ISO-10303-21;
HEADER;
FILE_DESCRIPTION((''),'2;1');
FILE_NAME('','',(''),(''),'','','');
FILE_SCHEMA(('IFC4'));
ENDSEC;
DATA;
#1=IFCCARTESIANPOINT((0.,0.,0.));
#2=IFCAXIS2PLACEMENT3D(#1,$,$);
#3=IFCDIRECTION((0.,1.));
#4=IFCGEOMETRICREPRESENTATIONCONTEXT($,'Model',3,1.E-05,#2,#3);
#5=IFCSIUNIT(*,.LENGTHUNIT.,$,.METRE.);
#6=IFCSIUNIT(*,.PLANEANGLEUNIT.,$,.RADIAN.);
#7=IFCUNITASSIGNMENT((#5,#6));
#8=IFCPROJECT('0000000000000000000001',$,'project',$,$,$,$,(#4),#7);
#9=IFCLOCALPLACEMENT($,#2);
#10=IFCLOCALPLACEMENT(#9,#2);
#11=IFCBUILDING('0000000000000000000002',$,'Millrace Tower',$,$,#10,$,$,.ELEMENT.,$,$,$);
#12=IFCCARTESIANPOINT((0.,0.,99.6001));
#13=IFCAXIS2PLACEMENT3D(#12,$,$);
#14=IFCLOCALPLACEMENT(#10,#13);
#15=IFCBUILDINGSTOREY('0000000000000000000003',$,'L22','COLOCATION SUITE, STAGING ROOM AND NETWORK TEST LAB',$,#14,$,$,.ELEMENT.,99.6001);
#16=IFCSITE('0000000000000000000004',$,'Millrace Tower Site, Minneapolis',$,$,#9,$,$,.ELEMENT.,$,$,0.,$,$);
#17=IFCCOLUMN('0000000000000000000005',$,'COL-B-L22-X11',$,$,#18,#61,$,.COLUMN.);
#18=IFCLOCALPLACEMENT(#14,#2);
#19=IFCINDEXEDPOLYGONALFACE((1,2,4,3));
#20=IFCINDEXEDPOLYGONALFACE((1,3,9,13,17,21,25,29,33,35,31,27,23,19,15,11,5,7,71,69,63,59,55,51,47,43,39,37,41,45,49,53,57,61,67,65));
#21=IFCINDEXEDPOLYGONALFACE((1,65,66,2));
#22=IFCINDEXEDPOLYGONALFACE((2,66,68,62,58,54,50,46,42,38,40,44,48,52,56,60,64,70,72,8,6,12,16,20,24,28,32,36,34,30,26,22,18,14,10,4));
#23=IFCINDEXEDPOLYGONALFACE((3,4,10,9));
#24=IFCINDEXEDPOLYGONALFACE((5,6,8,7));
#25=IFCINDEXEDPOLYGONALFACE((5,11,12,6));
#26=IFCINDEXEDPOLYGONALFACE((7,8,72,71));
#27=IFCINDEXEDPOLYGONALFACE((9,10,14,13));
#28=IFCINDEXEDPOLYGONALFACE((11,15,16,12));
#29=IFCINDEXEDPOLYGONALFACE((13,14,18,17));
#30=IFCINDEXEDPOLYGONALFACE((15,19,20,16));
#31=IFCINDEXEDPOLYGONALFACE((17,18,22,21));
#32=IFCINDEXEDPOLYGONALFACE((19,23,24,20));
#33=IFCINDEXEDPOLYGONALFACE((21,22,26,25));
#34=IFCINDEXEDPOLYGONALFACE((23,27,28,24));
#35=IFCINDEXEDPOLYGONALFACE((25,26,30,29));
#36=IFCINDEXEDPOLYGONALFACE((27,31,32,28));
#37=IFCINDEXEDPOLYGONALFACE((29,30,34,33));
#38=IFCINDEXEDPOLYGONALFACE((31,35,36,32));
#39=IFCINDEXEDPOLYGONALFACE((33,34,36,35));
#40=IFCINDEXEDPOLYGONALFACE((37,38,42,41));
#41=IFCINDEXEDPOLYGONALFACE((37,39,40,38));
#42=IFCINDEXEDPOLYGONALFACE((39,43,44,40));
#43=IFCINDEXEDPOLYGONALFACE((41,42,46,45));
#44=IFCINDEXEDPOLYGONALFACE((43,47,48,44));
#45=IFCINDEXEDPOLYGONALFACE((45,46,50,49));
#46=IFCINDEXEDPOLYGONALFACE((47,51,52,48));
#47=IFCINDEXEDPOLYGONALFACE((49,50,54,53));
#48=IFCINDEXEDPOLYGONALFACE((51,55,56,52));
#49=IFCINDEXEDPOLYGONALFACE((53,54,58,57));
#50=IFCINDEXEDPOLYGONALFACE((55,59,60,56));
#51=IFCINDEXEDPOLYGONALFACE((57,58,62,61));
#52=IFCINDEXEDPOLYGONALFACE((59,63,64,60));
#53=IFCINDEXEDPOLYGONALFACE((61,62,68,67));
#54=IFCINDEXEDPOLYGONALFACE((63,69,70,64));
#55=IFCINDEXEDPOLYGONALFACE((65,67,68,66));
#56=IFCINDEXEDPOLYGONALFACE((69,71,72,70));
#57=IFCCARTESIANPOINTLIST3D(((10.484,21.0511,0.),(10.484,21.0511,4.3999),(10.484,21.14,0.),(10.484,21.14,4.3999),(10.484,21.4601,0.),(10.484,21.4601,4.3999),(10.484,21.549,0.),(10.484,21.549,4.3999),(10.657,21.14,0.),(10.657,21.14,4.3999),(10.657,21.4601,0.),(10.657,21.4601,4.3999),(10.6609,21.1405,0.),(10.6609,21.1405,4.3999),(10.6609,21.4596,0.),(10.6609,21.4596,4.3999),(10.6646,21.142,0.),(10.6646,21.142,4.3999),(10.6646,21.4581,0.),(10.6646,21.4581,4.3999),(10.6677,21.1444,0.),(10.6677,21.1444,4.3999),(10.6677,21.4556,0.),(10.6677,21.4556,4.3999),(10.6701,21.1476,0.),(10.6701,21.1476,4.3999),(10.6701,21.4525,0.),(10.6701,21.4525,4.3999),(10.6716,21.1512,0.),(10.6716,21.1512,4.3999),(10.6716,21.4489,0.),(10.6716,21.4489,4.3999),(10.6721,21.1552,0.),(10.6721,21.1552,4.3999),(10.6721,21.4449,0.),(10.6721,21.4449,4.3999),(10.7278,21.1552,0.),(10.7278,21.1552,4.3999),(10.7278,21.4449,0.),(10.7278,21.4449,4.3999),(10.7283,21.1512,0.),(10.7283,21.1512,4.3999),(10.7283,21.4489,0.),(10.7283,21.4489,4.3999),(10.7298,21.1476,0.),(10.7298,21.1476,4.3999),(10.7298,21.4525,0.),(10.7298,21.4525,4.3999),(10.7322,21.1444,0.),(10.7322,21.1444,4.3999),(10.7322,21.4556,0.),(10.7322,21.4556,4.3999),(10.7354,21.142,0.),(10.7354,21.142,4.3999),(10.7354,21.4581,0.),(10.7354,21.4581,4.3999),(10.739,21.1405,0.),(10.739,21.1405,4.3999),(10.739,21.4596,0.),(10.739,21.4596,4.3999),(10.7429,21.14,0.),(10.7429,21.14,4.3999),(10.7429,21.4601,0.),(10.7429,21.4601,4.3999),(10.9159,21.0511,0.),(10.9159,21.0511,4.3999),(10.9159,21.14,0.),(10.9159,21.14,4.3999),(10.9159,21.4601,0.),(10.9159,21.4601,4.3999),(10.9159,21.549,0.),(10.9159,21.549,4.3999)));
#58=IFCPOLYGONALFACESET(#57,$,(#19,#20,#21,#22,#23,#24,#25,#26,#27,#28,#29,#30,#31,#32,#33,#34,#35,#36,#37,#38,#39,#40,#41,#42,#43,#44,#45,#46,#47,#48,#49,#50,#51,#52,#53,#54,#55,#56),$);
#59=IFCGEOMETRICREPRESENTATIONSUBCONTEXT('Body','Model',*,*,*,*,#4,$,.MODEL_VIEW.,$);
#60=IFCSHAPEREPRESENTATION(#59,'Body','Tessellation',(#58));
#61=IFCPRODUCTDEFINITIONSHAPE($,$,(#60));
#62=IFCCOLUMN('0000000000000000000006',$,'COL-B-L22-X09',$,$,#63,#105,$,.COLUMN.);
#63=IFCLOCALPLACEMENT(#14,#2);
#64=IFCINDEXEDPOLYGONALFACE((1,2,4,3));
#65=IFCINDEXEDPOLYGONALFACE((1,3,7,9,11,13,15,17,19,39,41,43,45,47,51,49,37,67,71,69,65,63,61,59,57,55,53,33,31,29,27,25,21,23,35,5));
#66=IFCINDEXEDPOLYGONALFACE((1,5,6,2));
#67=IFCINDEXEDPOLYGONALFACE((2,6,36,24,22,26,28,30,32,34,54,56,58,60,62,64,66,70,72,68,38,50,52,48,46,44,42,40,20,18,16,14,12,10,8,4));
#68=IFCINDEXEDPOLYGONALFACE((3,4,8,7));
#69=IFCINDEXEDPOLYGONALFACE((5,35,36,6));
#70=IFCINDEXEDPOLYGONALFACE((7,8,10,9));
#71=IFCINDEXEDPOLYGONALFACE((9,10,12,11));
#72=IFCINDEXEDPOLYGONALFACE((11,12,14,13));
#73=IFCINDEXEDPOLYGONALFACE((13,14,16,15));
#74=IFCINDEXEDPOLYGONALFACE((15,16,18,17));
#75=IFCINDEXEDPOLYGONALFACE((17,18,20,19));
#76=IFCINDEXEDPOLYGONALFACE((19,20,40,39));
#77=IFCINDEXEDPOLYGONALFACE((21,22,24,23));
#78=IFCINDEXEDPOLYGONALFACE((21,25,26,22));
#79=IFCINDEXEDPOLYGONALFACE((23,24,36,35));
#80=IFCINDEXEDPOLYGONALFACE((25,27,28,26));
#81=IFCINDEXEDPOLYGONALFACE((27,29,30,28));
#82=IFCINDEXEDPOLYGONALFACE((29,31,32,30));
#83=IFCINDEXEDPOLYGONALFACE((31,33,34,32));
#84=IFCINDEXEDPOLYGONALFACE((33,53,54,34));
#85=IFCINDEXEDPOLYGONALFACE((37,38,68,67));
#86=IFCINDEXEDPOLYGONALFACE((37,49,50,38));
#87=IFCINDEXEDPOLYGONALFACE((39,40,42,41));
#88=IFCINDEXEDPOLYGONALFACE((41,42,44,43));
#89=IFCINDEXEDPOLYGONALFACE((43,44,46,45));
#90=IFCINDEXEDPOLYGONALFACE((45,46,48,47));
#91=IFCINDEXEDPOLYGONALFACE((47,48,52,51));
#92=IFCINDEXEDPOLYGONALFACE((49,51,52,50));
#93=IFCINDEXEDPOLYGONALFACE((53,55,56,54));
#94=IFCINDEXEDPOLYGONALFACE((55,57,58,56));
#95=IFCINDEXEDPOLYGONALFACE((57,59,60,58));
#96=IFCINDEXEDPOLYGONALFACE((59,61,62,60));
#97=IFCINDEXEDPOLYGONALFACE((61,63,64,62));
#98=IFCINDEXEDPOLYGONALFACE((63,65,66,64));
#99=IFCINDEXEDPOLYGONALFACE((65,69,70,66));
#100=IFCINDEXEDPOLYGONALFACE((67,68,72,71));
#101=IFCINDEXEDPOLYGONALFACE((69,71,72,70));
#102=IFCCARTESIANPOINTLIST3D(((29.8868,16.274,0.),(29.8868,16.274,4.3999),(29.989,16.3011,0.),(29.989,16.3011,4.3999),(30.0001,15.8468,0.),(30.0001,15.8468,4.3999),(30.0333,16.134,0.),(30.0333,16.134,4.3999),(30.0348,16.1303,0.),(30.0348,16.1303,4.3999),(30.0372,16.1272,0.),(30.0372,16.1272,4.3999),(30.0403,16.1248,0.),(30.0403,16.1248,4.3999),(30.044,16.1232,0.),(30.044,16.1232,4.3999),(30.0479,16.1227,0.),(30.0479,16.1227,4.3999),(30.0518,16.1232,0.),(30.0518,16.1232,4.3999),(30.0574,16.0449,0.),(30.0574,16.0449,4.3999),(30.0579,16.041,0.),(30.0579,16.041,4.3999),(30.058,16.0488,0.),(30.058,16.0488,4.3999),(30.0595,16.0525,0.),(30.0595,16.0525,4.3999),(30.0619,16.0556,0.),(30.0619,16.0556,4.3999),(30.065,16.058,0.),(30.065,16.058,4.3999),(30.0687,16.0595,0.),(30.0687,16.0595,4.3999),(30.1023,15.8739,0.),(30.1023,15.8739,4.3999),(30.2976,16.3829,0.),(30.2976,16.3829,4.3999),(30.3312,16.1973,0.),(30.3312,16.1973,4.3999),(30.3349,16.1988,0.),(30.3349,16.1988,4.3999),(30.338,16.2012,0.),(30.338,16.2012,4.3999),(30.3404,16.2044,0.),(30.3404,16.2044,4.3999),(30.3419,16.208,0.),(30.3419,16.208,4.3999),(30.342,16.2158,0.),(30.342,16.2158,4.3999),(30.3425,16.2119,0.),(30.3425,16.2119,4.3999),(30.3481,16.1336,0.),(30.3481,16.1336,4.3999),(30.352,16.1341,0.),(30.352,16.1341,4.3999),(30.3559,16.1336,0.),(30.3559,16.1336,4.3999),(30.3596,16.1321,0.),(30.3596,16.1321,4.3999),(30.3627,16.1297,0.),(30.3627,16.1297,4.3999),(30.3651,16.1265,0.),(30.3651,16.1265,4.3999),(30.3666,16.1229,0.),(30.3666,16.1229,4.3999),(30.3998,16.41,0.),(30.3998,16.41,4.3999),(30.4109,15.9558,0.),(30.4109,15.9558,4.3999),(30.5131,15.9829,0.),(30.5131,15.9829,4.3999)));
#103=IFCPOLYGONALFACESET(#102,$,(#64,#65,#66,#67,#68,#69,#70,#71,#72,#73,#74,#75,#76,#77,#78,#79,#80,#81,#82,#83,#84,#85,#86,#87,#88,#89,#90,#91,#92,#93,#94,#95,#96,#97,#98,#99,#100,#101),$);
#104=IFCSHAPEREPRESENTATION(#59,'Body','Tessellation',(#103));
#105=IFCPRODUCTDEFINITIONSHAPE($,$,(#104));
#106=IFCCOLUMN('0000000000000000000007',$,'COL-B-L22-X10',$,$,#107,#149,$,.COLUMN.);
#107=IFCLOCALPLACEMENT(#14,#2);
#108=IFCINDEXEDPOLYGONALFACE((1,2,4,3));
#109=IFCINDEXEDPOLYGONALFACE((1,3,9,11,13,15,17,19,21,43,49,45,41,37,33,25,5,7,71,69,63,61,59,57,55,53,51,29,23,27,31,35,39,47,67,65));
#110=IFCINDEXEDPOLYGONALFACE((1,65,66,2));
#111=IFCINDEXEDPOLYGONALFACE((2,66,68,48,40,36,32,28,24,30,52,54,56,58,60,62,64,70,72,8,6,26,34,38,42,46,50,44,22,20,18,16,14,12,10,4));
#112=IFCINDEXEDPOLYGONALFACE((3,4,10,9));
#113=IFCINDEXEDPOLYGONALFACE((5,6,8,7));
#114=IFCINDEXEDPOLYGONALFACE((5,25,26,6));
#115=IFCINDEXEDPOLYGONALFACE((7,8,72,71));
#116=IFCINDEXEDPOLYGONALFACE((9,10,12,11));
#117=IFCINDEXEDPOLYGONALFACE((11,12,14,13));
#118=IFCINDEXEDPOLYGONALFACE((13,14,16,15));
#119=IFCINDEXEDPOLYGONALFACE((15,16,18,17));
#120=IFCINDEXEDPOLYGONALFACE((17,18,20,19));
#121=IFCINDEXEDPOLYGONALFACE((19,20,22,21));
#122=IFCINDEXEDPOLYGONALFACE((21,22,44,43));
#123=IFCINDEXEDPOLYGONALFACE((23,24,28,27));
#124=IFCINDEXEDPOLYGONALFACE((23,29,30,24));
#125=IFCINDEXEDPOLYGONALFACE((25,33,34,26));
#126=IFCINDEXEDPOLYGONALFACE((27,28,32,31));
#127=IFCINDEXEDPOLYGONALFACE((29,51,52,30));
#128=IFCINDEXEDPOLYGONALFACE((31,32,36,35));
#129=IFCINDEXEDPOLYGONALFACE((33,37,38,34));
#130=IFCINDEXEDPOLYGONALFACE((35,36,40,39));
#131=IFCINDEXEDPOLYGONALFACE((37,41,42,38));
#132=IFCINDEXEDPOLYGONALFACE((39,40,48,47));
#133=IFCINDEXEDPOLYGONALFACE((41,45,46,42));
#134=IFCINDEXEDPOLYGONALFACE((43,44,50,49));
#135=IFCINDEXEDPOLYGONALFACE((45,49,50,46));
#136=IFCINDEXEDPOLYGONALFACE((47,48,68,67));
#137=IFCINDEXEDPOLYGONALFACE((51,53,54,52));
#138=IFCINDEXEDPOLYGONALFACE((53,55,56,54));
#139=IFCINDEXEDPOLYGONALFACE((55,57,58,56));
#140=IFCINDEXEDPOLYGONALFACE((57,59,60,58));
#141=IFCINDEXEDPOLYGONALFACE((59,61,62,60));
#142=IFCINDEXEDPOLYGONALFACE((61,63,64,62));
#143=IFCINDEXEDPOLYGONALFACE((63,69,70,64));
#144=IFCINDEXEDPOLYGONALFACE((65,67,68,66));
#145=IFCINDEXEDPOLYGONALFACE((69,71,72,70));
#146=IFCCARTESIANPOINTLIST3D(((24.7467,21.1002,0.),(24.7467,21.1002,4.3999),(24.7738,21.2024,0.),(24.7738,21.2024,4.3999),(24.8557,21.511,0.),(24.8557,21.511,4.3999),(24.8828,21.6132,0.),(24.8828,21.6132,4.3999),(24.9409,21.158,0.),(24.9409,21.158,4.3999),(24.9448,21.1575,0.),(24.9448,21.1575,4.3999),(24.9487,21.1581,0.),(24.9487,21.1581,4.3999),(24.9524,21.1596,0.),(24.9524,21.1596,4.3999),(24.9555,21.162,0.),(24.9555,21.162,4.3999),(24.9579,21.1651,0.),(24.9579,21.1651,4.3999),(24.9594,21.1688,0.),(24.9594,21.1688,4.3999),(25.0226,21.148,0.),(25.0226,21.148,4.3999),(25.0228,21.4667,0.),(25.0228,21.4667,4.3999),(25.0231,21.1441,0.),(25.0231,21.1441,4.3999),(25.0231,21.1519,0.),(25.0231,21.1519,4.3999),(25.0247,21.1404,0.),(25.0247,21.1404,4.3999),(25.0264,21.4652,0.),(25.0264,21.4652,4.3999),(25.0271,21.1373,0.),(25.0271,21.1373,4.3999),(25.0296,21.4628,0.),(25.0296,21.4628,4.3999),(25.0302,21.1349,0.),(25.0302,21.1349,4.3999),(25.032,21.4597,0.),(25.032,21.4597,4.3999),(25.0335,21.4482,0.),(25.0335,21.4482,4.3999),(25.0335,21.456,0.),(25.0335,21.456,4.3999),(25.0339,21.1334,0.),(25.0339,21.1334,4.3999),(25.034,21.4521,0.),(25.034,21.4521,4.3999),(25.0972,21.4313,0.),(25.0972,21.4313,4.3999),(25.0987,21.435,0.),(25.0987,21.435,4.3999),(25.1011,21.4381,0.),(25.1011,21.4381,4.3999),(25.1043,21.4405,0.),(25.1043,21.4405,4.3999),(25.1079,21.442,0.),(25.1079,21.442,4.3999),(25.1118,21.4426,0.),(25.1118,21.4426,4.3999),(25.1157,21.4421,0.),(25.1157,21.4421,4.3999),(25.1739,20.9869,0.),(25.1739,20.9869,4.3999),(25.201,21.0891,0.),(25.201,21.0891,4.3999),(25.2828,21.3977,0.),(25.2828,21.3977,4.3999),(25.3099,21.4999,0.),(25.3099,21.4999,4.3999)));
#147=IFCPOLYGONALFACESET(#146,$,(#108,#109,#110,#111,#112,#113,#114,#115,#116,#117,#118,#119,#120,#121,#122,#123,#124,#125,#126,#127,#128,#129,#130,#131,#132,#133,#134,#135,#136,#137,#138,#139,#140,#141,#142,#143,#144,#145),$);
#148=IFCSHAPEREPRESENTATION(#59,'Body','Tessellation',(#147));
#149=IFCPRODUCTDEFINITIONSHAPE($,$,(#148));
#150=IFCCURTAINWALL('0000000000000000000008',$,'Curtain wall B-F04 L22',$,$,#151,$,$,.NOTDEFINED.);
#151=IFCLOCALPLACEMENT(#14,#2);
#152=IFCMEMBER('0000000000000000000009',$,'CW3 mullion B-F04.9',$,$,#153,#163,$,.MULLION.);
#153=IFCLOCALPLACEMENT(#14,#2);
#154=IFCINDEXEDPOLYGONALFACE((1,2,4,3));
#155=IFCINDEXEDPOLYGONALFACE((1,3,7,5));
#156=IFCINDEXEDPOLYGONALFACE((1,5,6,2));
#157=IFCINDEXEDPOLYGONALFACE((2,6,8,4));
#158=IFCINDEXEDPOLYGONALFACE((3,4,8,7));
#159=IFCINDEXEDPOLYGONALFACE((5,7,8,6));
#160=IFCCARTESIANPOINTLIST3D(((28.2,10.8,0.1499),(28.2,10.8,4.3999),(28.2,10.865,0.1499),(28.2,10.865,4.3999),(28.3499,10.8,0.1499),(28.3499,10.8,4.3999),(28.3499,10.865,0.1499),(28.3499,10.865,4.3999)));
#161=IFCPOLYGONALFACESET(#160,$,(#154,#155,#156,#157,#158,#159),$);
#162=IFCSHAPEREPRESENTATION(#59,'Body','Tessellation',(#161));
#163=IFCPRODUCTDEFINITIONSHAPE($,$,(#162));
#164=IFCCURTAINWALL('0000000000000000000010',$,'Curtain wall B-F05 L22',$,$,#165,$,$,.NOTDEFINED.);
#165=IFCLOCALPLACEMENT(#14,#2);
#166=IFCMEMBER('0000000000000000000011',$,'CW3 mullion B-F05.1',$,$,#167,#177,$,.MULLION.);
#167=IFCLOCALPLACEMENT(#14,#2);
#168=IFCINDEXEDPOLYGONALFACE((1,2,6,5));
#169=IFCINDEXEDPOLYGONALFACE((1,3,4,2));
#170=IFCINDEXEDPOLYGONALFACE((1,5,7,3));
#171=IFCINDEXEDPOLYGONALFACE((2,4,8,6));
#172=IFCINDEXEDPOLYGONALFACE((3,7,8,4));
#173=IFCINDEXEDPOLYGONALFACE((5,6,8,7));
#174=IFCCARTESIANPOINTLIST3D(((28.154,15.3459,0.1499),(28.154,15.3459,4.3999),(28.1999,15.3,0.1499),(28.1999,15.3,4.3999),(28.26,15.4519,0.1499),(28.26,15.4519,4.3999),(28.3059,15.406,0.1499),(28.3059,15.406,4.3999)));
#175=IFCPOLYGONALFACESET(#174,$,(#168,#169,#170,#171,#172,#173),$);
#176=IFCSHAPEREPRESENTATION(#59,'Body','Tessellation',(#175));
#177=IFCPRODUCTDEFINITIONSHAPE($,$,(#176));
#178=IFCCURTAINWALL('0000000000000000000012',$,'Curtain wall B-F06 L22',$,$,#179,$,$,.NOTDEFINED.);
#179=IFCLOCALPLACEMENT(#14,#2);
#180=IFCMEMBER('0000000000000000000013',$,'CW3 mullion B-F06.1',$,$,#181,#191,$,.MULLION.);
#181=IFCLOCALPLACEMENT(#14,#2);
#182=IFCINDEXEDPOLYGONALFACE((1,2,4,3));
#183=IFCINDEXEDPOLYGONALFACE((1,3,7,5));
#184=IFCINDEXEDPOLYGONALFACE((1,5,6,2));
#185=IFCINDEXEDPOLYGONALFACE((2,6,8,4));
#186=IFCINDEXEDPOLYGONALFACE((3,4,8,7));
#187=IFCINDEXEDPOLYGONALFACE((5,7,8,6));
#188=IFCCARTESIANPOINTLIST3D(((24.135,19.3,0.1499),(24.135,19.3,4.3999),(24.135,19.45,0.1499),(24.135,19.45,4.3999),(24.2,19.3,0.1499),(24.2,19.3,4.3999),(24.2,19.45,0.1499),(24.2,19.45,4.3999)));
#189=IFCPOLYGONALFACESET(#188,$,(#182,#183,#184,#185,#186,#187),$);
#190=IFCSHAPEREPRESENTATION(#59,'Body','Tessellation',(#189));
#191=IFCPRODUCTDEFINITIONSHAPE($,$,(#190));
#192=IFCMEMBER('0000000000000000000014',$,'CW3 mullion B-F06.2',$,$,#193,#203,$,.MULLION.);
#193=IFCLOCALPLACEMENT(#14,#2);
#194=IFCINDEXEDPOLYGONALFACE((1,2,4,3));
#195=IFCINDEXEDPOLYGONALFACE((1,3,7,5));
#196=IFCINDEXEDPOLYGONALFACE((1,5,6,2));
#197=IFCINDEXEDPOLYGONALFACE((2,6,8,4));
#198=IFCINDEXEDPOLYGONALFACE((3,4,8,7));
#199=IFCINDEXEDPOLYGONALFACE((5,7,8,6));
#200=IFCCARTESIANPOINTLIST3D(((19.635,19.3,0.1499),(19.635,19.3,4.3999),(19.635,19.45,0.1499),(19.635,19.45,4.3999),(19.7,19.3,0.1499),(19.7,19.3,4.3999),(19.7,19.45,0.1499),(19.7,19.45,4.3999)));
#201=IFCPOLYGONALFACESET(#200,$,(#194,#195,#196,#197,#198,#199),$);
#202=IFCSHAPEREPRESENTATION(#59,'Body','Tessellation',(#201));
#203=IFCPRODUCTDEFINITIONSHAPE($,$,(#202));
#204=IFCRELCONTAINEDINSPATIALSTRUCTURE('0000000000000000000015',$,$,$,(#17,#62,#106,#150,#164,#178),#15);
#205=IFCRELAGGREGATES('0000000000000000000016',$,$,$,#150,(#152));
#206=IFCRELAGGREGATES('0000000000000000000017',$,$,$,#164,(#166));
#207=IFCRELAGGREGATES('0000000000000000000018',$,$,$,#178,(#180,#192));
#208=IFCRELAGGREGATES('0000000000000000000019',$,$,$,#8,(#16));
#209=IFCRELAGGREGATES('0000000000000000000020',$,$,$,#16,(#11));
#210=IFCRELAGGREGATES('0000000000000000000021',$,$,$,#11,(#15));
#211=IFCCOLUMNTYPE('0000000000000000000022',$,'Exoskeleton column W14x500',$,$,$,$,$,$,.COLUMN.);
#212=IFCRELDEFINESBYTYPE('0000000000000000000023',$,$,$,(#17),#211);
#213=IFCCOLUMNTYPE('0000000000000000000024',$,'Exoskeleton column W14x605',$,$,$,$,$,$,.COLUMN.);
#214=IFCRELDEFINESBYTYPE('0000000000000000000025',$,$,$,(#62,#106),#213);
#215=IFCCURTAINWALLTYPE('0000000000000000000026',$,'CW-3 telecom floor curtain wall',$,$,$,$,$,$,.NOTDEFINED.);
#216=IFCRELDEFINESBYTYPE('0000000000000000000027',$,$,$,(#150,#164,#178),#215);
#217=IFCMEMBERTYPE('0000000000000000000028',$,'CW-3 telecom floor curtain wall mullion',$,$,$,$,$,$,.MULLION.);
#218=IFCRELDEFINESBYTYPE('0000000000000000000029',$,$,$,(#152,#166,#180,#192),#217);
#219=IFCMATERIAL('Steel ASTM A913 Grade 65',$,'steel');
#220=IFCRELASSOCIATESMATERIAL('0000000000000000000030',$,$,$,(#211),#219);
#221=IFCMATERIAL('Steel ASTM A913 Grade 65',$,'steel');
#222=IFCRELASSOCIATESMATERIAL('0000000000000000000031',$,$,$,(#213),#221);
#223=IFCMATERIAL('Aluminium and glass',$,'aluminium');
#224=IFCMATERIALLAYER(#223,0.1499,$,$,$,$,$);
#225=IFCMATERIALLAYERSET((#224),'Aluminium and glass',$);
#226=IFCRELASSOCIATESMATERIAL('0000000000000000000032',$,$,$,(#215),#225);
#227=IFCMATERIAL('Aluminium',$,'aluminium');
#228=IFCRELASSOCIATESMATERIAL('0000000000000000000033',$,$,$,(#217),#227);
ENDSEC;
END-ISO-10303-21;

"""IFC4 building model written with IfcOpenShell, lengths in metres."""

from ifc_helpers import new_model, si_unit, direction, frame, origin, origin_2d, place, context, subcontext, project, spatial, rectangle, i_section, extrude, material, layer, layer_set, material_profile, profile_set, type_object, element, aggregate, save


model = new_model("IFC4")

# Units and contexts
model_context = context("Model", 3, precision=1e-05, world=origin(), true_north=direction((0.0, 1.0)))
body_context = subcontext(model_context, "Body", "Model", "MODEL_VIEW")
ifc_project = project(units=[si_unit("LENGTHUNIT", "METRE"), si_unit("PLANEANGLEUNIT", "RADIAN")], contexts=[model_context])

# Site, building, storey
site_placement = place(None, origin())
site = spatial("IfcSite", under=ifc_project, at=site_placement, Name="Millrace Tower Site, Minneapolis", CompositionType="ELEMENT", RefElevation=0.0)
building_placement = place(site_placement, origin())
building = spatial("IfcBuilding", under=site, at=building_placement, Name="Millrace Tower", CompositionType="ELEMENT")
storey_placement = place(building_placement, frame((0.0, 0.0, 99.6001)))
storey = spatial("IfcBuildingStorey", under=building, at=storey_placement, Name="L22", Description="COLOCATION SUITE, STAGING ROOM AND NETWORK TEST LAB", CompositionType="ELEMENT", Elevation=99.6001)

# Columns
ifc_material_1 = material(Name="Steel ASTM A913 Grade 65", Category="steel")
ifc_material_profile_1 = material_profile(ifc_material_1, i_section(OverallWidth=0.4319, OverallDepth=0.4978, WebThickness=0.0557, FlangeThickness=0.0889, FilletRadius=0.0151, at=origin_2d()))
ifc_profile_set_1 = profile_set([ifc_material_profile_1], Name="Steel ASTM A913 Grade 65")
column_type_1 = type_object("IfcColumnType", Name="Exoskeleton column W14x500", PredefinedType="COLUMN", material=ifc_profile_set_1)
column_placement = place(storey_placement, frame((10.7, 21.3, 0.0), z_axis=(0.0, 0.0, 1.0), x_axis=(-1.0, 0.0, 0.0)))
element("IfcColumn", 1, at=column_placement, inside=storey, type_object=column_type_1, Name="COL-B-L22-X11", PredefinedType="COLUMN", context=body_context, shape_type="SweptSolid", body=[
    extrude(i_section(OverallWidth=0.4319, OverallDepth=0.4978, WebThickness=0.0557, FlangeThickness=0.0889, FilletRadius=0.0151, at=origin_2d()), origin(), (0.0, 0.0, 1.0), 4.3999),
])
ifc_material_2 = material(Name="Steel ASTM A913 Grade 65", Category="steel")
ifc_material_profile_2 = material_profile(ifc_material_2, i_section(OverallWidth=0.4419, OverallDepth=0.5308, WebThickness=0.0659, FlangeThickness=0.1057, FilletRadius=0.0151, at=origin_2d()))
ifc_profile_set_2 = profile_set([ifc_material_profile_2], Name="Steel ASTM A913 Grade 65")
column_type_2 = type_object("IfcColumnType", Name="Exoskeleton column W14x605", PredefinedType="COLUMN", material=ifc_profile_set_2)
for number, where, z_axis, x_axis, name in (
    (2, (30.2, 16.1284, 0.0), (0.0, 0.0, 1.0), (-0.256347, 0.966585, 0.0), "COL-B-L22-X09"),
    (3, (25.0283, 21.3, 0.0), (0.0, 0.0, 1.0), (-0.966585, 0.256347, 0.0), "COL-B-L22-X10"),
):
    element("IfcColumn", number, at=place(storey_placement, frame(where, z_axis=z_axis, x_axis=x_axis)), inside=storey, type_object=column_type_2, Name=name, PredefinedType="COLUMN", context=body_context, shape_type="SweptSolid", body=[
        extrude(i_section(OverallWidth=0.4419, OverallDepth=0.5308, WebThickness=0.0659, FlangeThickness=0.1057, FilletRadius=0.0151, at=origin_2d()), origin(), (0.0, 0.0, 1.0), 4.3999),
    ])

# Curtain walls, members
ifc_material_3 = material(Name="Aluminium and glass", Category="aluminium")
ifc_layer_1 = layer(ifc_material_3, 0.1499)
ifc_layer_set_1 = layer_set([ifc_layer_1], Name="Aluminium and glass")
curtain_wall_type = type_object("IfcCurtainWallType", Name="CW-3 telecom floor curtain wall", PredefinedType="NOTDEFINED", material=ifc_layer_set_1)
placement = place(storey_placement, origin())
curtain_wall_1 = element("IfcCurtainWall", 4, at=placement, inside=storey, type_object=curtain_wall_type, Name="Curtain wall B-F04 L22", PredefinedType="NOTDEFINED")
ifc_material_4 = material(Name="Aluminium", Category="aluminium")
ifc_material_profile_3 = material_profile(ifc_material_4, rectangle(XDim=0.0649, YDim=0.1499, at=origin_2d()))
ifc_profile_set_3 = profile_set([ifc_material_profile_3], Name="Aluminium")
member_type_1 = type_object("IfcMemberType", Name="CW-3 telecom floor curtain wall mullion", PredefinedType="MULLION", material=ifc_profile_set_3)
member_1_placement = place(storey_placement, frame((28.2749, 10.8325, 0.1499), z_axis=(0.0, 0.0, 1.0), x_axis=(0.0, 1.0, 0.0)))
member_1 = element("IfcMember", 5, at=member_1_placement, type_object=member_type_1, Name="CW3 mullion B-F04.9", PredefinedType="MULLION", context=body_context, shape_type="SweptSolid", body=[
    extrude(rectangle(XDim=0.0649, YDim=0.1499, at=origin_2d()), origin(), (0.0, 0.0, 1.0), 4.25),
])
aggregate(curtain_wall_1, [member_1])
curtain_wall_2 = element("IfcCurtainWall", 6, at=placement, inside=storey, type_object=curtain_wall_type, Name="Curtain wall B-F05 L22", PredefinedType="NOTDEFINED")
member_2_placement = place(storey_placement, frame((28.23, 15.376, 0.1499), z_axis=(0.0, 0.0, 1.0), x_axis=(-0.707107, 0.707107, 0.0)))
member_2 = element("IfcMember", 7, at=member_2_placement, type_object=member_type_1, Name="CW3 mullion B-F05.1", PredefinedType="MULLION", context=body_context, shape_type="SweptSolid", body=[
    extrude(rectangle(XDim=0.0649, YDim=0.1499, at=origin_2d()), origin(), (0.0, 0.0, 1.0), 4.25),
])

# Curtain wall, members
curtain_wall_3 = element("IfcCurtainWall", 8, at=placement, inside=storey, type_object=curtain_wall_type, Name="Curtain wall B-F06 L22", PredefinedType="NOTDEFINED")
member_3_placement = place(storey_placement, frame((24.1675, 19.375, 0.1499), z_axis=(0.0, 0.0, 1.0), x_axis=(-1.0, 0.0, 0.0)))
member_3 = element("IfcMember", 9, at=member_3_placement, type_object=member_type_1, Name="CW3 mullion B-F06.1", PredefinedType="MULLION", context=body_context, shape_type="SweptSolid", body=[
    extrude(rectangle(XDim=0.0649, YDim=0.1499, at=origin_2d()), origin(), (0.0, 0.0, 1.0), 4.25),
])
member_4_placement = place(storey_placement, frame((19.6675, 19.375, 0.1499), z_axis=(0.0, 0.0, 1.0), x_axis=(-1.0, 0.0, 0.0)))
member_4 = element("IfcMember", 10, at=member_4_placement, type_object=member_type_1, Name="CW3 mullion B-F06.2", PredefinedType="MULLION", context=body_context, shape_type="SweptSolid", body=[
    extrude(rectangle(XDim=0.0649, YDim=0.1499, at=origin_2d()), origin(), (0.0, 0.0, 1.0), 4.25),
])

aggregate(curtain_wall_2, [member_2])
aggregate(curtain_wall_3, [member_3, member_4])

save(model, "model.ifc")
